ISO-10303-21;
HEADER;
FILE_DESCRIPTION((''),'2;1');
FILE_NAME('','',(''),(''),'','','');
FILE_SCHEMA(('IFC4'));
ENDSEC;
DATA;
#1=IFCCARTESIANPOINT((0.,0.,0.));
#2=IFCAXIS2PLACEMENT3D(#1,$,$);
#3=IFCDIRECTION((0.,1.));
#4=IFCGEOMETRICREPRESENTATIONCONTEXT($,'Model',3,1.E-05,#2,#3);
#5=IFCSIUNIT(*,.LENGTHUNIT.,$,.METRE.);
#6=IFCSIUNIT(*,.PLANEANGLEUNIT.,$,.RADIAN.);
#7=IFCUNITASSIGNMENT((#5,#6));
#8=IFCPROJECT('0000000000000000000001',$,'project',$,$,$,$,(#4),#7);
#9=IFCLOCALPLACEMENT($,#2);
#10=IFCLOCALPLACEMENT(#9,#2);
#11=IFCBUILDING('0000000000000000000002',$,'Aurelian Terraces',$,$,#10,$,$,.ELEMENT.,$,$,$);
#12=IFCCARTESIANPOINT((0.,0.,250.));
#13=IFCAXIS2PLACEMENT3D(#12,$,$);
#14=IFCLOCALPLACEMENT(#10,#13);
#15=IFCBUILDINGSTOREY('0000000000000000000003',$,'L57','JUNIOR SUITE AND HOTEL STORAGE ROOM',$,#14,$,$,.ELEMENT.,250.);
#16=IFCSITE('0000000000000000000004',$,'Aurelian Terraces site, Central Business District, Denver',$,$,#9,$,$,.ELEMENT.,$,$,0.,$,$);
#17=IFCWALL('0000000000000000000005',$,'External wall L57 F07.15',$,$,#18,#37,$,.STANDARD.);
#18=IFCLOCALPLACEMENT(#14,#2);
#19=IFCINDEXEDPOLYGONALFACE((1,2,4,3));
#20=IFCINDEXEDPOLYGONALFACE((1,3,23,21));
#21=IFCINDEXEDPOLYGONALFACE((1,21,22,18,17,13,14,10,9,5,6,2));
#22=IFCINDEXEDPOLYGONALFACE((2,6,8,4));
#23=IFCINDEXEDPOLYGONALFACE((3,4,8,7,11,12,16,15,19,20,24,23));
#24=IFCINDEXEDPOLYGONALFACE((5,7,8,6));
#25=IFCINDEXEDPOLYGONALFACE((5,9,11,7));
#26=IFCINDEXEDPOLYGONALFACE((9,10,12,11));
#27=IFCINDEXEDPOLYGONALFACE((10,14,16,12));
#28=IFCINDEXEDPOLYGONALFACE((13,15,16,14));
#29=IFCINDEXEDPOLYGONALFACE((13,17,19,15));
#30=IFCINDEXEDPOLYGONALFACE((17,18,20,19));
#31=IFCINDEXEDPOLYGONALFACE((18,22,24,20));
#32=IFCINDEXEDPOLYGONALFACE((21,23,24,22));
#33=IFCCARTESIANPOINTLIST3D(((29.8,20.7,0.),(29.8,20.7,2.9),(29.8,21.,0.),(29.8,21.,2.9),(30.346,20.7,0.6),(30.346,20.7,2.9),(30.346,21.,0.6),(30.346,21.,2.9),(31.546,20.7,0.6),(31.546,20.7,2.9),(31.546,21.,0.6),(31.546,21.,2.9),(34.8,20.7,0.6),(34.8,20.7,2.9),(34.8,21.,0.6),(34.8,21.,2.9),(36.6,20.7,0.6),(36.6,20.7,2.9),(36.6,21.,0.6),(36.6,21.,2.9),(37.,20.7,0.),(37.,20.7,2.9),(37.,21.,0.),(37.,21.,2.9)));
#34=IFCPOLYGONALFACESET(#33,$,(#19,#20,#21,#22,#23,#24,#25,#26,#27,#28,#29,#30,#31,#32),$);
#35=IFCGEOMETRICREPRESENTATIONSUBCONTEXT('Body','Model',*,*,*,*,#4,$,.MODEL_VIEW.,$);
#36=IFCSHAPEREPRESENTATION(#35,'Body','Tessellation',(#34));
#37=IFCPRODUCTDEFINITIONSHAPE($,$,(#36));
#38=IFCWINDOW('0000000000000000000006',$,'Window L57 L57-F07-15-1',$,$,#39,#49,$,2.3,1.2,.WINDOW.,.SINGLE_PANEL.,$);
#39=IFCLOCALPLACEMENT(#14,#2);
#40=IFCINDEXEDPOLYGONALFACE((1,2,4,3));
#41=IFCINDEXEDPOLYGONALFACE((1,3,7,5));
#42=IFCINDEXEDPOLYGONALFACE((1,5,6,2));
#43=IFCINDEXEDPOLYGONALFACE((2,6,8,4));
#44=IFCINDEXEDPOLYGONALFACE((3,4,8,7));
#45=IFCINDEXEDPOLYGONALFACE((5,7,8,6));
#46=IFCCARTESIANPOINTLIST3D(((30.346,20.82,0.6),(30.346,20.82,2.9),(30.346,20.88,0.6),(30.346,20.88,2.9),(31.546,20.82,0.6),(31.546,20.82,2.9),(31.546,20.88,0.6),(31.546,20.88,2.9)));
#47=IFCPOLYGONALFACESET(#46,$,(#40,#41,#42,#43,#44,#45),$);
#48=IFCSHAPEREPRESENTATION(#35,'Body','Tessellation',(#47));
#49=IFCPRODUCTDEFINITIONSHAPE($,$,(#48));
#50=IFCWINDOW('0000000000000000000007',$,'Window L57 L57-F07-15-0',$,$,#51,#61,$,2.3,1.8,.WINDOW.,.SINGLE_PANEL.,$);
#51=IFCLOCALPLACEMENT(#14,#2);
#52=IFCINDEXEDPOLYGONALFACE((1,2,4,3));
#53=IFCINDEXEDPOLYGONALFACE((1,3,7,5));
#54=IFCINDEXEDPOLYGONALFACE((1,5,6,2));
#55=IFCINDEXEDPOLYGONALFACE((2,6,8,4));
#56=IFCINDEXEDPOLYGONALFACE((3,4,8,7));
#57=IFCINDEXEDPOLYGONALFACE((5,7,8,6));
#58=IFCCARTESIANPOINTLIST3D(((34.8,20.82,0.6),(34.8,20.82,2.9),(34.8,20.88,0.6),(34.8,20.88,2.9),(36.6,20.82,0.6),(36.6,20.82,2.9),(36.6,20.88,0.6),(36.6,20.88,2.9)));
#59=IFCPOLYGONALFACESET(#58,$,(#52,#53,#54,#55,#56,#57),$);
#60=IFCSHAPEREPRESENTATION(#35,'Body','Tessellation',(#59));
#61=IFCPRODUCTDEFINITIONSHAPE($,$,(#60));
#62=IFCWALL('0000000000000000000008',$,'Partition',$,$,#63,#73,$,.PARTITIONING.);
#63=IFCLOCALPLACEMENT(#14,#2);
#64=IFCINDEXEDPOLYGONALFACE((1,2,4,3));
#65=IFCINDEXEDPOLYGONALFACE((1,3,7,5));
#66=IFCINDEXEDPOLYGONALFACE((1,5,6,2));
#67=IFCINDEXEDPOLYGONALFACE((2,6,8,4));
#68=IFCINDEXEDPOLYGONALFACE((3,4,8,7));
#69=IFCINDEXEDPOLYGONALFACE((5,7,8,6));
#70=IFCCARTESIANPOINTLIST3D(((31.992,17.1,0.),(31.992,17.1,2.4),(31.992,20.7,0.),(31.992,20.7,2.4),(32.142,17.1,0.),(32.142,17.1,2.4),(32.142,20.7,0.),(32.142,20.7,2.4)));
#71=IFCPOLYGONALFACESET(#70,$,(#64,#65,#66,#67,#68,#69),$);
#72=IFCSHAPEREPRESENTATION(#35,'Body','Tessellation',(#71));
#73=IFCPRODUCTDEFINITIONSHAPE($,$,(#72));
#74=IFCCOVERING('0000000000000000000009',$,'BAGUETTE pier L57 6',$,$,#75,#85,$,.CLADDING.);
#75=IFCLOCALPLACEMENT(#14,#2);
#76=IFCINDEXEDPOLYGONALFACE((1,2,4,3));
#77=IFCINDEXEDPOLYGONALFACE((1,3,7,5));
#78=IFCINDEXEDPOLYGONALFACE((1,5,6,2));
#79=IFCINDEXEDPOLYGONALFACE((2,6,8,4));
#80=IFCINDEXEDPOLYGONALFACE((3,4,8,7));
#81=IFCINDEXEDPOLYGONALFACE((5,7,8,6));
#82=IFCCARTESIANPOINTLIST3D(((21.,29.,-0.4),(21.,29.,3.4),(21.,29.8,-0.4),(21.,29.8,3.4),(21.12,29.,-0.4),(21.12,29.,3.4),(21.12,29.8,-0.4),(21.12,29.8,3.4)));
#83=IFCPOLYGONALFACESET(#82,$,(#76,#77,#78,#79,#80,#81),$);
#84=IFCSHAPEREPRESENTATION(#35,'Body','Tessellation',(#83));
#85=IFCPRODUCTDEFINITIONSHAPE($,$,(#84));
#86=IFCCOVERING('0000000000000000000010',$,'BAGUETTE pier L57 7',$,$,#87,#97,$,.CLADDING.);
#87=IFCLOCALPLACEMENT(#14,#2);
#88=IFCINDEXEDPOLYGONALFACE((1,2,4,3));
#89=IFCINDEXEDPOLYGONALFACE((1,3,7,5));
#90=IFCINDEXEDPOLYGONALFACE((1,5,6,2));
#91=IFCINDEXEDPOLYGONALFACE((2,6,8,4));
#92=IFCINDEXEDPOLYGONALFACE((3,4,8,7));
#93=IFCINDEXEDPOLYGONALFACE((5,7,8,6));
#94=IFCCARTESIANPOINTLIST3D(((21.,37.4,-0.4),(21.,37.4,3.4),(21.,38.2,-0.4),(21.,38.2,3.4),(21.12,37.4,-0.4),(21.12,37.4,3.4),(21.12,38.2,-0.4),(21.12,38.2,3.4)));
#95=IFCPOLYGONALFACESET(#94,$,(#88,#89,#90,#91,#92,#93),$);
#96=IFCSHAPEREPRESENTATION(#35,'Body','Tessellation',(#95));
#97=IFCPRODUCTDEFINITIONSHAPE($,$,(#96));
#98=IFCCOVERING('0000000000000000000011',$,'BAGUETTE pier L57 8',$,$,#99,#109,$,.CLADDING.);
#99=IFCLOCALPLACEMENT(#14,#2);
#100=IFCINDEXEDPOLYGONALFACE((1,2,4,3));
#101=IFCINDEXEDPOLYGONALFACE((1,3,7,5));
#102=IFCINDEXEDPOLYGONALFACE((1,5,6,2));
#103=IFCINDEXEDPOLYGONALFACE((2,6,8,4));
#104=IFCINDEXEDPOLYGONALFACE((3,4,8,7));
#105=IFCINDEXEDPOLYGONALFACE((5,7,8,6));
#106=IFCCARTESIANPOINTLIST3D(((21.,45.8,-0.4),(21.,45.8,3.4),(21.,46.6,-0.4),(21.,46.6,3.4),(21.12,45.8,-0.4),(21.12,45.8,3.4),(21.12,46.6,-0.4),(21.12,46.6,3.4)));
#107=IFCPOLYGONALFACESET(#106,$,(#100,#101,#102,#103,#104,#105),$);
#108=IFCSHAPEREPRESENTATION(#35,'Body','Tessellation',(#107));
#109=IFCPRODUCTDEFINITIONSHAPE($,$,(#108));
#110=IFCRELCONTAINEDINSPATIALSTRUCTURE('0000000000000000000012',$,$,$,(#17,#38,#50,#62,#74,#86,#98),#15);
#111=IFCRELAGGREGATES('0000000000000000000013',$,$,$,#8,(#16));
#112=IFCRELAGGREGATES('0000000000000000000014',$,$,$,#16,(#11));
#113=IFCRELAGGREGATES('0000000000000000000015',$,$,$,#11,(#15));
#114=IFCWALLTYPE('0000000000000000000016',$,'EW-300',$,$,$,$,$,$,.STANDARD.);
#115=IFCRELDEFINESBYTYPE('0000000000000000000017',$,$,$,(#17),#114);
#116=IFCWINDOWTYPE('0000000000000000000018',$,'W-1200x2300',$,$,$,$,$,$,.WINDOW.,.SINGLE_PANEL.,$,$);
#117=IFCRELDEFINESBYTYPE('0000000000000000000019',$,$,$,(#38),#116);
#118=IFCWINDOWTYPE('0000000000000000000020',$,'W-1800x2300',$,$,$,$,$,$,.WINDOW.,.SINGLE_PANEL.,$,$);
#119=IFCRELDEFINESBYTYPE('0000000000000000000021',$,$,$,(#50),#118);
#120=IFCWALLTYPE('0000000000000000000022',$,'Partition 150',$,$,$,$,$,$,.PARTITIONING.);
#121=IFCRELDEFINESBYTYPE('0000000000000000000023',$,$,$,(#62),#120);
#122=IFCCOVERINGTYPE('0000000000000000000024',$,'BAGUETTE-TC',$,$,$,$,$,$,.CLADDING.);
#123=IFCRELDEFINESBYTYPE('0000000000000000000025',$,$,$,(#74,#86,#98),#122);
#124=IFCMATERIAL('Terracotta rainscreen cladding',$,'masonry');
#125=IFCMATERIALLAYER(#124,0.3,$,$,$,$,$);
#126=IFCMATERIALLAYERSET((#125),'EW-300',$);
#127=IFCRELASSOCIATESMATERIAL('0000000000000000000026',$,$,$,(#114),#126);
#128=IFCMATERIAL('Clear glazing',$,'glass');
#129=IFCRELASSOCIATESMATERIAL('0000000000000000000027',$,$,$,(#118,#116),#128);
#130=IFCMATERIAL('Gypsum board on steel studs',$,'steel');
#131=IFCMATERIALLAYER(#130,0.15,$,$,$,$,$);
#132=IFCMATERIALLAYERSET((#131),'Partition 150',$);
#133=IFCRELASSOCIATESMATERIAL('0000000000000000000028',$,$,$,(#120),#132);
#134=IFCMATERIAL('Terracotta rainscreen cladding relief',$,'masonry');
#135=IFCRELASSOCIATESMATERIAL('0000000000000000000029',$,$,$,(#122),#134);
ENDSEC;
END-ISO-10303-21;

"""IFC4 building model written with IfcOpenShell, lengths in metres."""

from ifc_helpers import new_model, si_unit, direction, frame, frame_2d, origin, origin_2d, place, context, subcontext, project, spatial, rectangle, extrude, source, transform, mapped, material, layer, layer_set, type_object, element, fill, save


model = new_model("IFC4")

# Units and contexts
model_context = context("Model", 3, precision=1e-05, world=origin(), true_north=direction((0.0, 1.0)))
body_context = subcontext(model_context, "Body", "Model", "MODEL_VIEW")
ifc_project = project(units=[si_unit("LENGTHUNIT", "METRE"), si_unit("PLANEANGLEUNIT", "RADIAN")], contexts=[model_context])

# Site, building, storey
site_placement = place(None, origin())
site = spatial("IfcSite", under=ifc_project, at=site_placement, Name="Aurelian Terraces site, Central Business District, Denver", CompositionType="ELEMENT", RefElevation=0.0)
building_placement = place(site_placement, origin())
building = spatial("IfcBuilding", under=site, at=building_placement, Name="Aurelian Terraces", CompositionType="ELEMENT")
storey_placement = place(building_placement, frame((0.0, 0.0, 250.0)))
storey = spatial("IfcBuildingStorey", under=building, at=storey_placement, Name="L57", Description="JUNIOR SUITE AND HOTEL STORAGE ROOM", CompositionType="ELEMENT", Elevation=250.0)

# Shared definitions
ifc_material_1 = material(Name="Terracotta rainscreen cladding", Category="masonry")
ifc_layer_1 = layer(ifc_material_1, 0.3)
ifc_layer_set_1 = layer_set([ifc_layer_1], Name="EW-300")
wall_type_1 = type_object("IfcWallType", Name="EW-300", PredefinedType="STANDARD", material=ifc_layer_set_1)
ifc_material_2 = material(Name="Clear glazing", Category="glass")

# Shared definitions
shared_shape_1 = source(origin(), body_context, "Body", "SweptSolid", [
    extrude(rectangle(XDim=1.8, YDim=2.3, at=frame_2d((0.9, 1.15))), frame((0.0, 0.16, 0.0), z_axis=(0.0, -1.0, 0.0), x_axis=(1.0, 0.0, 0.0)), (0.0, 0.0, 1.0), 0.32),
])
window_type_1 = type_object("IfcWindowType", Name="W-1800x2300", PartitioningType="SINGLE_PANEL", PredefinedType="WINDOW", material=ifc_material_2)
shared_shape_2 = source(origin(), body_context, "Body", "SweptSolid", [
    extrude(rectangle(XDim=1.8, YDim=2.3, at=frame_2d((0.9, 1.15))), frame((0.0, 0.03, 0.0), z_axis=(0.0, -1.0, 0.0), x_axis=(1.0, 0.0, 0.0)), (0.0, 0.0, 1.0), 0.06),
])
shared_shape_3 = source(origin(), body_context, "Body", "SweptSolid", [
    extrude(rectangle(XDim=1.2, YDim=2.3, at=frame_2d((0.6, 1.15))), frame((0.0, 0.16, 0.0), z_axis=(0.0, -1.0, 0.0), x_axis=(1.0, 0.0, 0.0)), (0.0, 0.0, 1.0), 0.32),
])
window_type_2 = type_object("IfcWindowType", Name="W-1200x2300", PartitioningType="SINGLE_PANEL", PredefinedType="WINDOW", material=ifc_material_2)
shared_shape_4 = source(origin(), body_context, "Body", "SweptSolid", [
    extrude(rectangle(XDim=1.2, YDim=2.3, at=frame_2d((0.6, 1.15))), frame((0.0, 0.03, 0.0), z_axis=(0.0, -1.0, 0.0), x_axis=(1.0, 0.0, 0.0)), (0.0, 0.0, 1.0), 0.06),
])

# Wall, openings, windows
shared_shape_5 = source(origin(), body_context, "Body", "SweptSolid", [
    extrude(rectangle(XDim=7.2, YDim=0.3, at=frame_2d((3.6, 0.0))), origin(), (0.0, 0.0, 1.0), 2.9),
])
wall_1_placement = place(storey_placement, frame((37.0, 20.85, 0.0), z_axis=(0.0, 0.0, 1.0), x_axis=(-1.0, 0.0, 0.0)))
wall_1 = element("IfcWall", 1, at=wall_1_placement, inside=storey, type_object=wall_type_1, Name="External wall L57 F07.15", PredefinedType="STANDARD", context=body_context, shape_type="MappedRepresentation", body=[
    mapped(shared_shape_5, transform((0.0, 0.0, 0.0), scale=1.0)),
])
opening_1_placement = place(wall_1_placement, frame((0.4, 0.0, 0.6)))
opening_1 = element("IfcOpeningElement", 2, at=opening_1_placement, cuts=wall_1, PredefinedType="OPENING", context=body_context, shape_type="MappedRepresentation", body=[
    mapped(shared_shape_1, transform((0.0, 0.0, 0.0), scale=1.0)),
])
opening_2_placement = place(wall_1_placement, frame((5.454, 0.0, 0.6)))
opening_2 = element("IfcOpeningElement", 3, at=opening_2_placement, cuts=wall_1, PredefinedType="OPENING", context=body_context, shape_type="MappedRepresentation", body=[
    mapped(shared_shape_3, transform((0.0, 0.0, 0.0), scale=1.0)),
])
window_1_placement = place(opening_2_placement, origin())
window_1 = element("IfcWindow", 4, at=window_1_placement, inside=storey, type_object=window_type_2, Name="Window L57 L57-F07-15-1", OverallHeight=2.3, OverallWidth=1.2, PartitioningType="SINGLE_PANEL", PredefinedType="WINDOW", context=body_context, shape_type="MappedRepresentation", body=[
    mapped(shared_shape_4, transform((0.0, 0.0, 0.0), scale=1.0)),
])
fill(opening_2, window_1)
window_2_placement = place(opening_1_placement, origin())
window_2 = element("IfcWindow", 5, at=window_2_placement, inside=storey, type_object=window_type_1, Name="Window L57 L57-F07-15-0", OverallHeight=2.3, OverallWidth=1.8, PartitioningType="SINGLE_PANEL", PredefinedType="WINDOW", context=body_context, shape_type="MappedRepresentation", body=[
    mapped(shared_shape_2, transform((0.0, 0.0, 0.0), scale=1.0)),
])
fill(opening_1, window_2)

# Wall
ifc_material_3 = material(Name="Gypsum board on steel studs", Category="steel")
ifc_layer_2 = layer(ifc_material_3, 0.15)
ifc_layer_set_2 = layer_set([ifc_layer_2], Name="Partition 150")
wall_type_2 = type_object("IfcWallType", Name="Partition 150", PredefinedType="PARTITIONING", material=ifc_layer_set_2)
shared_shape_6 = source(origin(), body_context, "Body", "SweptSolid", [
    extrude(rectangle(XDim=3.6, YDim=0.15, at=frame_2d((1.8, 0.0))), origin(), (0.0, 0.0, 1.0), 2.4),
])
wall_2_placement = place(storey_placement, frame((32.067, 20.7, 0.0), z_axis=(0.0, 0.0, 1.0), x_axis=(0.0, -1.0, 0.0)))
element("IfcWall", 6, at=wall_2_placement, inside=storey, type_object=wall_type_2, Name="Partition", PredefinedType="PARTITIONING", context=body_context, shape_type="MappedRepresentation", body=[
    mapped(shared_shape_6, transform((0.0, 0.0, 0.0), scale=1.0)),
])

# Coverings
ifc_material_4 = material(Name="Terracotta rainscreen cladding relief", Category="masonry")
covering_type = type_object("IfcCoveringType", Name="BAGUETTE-TC", PredefinedType="CLADDING", material=ifc_material_4)
shared_shape_7 = source(origin(), body_context, "Body", "SweptSolid", [
    extrude(rectangle(XDim=0.12, YDim=0.8, at=origin_2d()), origin(), (0.0, 0.0, 1.0), 3.8),
])
for number, where, z_axis, x_axis, name in (
    (7, (21.06, 29.4, -0.4), (0.0, 0.0, 1.0), (1.0, 0.0, 0.0), "BAGUETTE pier L57 6"),
    (8, (21.06, 37.8, -0.4), (0.0, 0.0, 1.0), (1.0, 0.0, 0.0), "BAGUETTE pier L57 7"),
    (9, (21.06, 46.2, -0.4), (0.0, 0.0, 1.0), (1.0, 0.0, 0.0), "BAGUETTE pier L57 8"),
):
    element("IfcCovering", number, at=place(storey_placement, frame(where, z_axis=z_axis, x_axis=x_axis)), inside=storey, type_object=covering_type, Name=name, PredefinedType="CLADDING", context=body_context, shape_type="MappedRepresentation", body=[
        mapped(shared_shape_7, transform((0.0, 0.0, 0.0), scale=1.0)),
    ])

save(model, "model.ifc")
